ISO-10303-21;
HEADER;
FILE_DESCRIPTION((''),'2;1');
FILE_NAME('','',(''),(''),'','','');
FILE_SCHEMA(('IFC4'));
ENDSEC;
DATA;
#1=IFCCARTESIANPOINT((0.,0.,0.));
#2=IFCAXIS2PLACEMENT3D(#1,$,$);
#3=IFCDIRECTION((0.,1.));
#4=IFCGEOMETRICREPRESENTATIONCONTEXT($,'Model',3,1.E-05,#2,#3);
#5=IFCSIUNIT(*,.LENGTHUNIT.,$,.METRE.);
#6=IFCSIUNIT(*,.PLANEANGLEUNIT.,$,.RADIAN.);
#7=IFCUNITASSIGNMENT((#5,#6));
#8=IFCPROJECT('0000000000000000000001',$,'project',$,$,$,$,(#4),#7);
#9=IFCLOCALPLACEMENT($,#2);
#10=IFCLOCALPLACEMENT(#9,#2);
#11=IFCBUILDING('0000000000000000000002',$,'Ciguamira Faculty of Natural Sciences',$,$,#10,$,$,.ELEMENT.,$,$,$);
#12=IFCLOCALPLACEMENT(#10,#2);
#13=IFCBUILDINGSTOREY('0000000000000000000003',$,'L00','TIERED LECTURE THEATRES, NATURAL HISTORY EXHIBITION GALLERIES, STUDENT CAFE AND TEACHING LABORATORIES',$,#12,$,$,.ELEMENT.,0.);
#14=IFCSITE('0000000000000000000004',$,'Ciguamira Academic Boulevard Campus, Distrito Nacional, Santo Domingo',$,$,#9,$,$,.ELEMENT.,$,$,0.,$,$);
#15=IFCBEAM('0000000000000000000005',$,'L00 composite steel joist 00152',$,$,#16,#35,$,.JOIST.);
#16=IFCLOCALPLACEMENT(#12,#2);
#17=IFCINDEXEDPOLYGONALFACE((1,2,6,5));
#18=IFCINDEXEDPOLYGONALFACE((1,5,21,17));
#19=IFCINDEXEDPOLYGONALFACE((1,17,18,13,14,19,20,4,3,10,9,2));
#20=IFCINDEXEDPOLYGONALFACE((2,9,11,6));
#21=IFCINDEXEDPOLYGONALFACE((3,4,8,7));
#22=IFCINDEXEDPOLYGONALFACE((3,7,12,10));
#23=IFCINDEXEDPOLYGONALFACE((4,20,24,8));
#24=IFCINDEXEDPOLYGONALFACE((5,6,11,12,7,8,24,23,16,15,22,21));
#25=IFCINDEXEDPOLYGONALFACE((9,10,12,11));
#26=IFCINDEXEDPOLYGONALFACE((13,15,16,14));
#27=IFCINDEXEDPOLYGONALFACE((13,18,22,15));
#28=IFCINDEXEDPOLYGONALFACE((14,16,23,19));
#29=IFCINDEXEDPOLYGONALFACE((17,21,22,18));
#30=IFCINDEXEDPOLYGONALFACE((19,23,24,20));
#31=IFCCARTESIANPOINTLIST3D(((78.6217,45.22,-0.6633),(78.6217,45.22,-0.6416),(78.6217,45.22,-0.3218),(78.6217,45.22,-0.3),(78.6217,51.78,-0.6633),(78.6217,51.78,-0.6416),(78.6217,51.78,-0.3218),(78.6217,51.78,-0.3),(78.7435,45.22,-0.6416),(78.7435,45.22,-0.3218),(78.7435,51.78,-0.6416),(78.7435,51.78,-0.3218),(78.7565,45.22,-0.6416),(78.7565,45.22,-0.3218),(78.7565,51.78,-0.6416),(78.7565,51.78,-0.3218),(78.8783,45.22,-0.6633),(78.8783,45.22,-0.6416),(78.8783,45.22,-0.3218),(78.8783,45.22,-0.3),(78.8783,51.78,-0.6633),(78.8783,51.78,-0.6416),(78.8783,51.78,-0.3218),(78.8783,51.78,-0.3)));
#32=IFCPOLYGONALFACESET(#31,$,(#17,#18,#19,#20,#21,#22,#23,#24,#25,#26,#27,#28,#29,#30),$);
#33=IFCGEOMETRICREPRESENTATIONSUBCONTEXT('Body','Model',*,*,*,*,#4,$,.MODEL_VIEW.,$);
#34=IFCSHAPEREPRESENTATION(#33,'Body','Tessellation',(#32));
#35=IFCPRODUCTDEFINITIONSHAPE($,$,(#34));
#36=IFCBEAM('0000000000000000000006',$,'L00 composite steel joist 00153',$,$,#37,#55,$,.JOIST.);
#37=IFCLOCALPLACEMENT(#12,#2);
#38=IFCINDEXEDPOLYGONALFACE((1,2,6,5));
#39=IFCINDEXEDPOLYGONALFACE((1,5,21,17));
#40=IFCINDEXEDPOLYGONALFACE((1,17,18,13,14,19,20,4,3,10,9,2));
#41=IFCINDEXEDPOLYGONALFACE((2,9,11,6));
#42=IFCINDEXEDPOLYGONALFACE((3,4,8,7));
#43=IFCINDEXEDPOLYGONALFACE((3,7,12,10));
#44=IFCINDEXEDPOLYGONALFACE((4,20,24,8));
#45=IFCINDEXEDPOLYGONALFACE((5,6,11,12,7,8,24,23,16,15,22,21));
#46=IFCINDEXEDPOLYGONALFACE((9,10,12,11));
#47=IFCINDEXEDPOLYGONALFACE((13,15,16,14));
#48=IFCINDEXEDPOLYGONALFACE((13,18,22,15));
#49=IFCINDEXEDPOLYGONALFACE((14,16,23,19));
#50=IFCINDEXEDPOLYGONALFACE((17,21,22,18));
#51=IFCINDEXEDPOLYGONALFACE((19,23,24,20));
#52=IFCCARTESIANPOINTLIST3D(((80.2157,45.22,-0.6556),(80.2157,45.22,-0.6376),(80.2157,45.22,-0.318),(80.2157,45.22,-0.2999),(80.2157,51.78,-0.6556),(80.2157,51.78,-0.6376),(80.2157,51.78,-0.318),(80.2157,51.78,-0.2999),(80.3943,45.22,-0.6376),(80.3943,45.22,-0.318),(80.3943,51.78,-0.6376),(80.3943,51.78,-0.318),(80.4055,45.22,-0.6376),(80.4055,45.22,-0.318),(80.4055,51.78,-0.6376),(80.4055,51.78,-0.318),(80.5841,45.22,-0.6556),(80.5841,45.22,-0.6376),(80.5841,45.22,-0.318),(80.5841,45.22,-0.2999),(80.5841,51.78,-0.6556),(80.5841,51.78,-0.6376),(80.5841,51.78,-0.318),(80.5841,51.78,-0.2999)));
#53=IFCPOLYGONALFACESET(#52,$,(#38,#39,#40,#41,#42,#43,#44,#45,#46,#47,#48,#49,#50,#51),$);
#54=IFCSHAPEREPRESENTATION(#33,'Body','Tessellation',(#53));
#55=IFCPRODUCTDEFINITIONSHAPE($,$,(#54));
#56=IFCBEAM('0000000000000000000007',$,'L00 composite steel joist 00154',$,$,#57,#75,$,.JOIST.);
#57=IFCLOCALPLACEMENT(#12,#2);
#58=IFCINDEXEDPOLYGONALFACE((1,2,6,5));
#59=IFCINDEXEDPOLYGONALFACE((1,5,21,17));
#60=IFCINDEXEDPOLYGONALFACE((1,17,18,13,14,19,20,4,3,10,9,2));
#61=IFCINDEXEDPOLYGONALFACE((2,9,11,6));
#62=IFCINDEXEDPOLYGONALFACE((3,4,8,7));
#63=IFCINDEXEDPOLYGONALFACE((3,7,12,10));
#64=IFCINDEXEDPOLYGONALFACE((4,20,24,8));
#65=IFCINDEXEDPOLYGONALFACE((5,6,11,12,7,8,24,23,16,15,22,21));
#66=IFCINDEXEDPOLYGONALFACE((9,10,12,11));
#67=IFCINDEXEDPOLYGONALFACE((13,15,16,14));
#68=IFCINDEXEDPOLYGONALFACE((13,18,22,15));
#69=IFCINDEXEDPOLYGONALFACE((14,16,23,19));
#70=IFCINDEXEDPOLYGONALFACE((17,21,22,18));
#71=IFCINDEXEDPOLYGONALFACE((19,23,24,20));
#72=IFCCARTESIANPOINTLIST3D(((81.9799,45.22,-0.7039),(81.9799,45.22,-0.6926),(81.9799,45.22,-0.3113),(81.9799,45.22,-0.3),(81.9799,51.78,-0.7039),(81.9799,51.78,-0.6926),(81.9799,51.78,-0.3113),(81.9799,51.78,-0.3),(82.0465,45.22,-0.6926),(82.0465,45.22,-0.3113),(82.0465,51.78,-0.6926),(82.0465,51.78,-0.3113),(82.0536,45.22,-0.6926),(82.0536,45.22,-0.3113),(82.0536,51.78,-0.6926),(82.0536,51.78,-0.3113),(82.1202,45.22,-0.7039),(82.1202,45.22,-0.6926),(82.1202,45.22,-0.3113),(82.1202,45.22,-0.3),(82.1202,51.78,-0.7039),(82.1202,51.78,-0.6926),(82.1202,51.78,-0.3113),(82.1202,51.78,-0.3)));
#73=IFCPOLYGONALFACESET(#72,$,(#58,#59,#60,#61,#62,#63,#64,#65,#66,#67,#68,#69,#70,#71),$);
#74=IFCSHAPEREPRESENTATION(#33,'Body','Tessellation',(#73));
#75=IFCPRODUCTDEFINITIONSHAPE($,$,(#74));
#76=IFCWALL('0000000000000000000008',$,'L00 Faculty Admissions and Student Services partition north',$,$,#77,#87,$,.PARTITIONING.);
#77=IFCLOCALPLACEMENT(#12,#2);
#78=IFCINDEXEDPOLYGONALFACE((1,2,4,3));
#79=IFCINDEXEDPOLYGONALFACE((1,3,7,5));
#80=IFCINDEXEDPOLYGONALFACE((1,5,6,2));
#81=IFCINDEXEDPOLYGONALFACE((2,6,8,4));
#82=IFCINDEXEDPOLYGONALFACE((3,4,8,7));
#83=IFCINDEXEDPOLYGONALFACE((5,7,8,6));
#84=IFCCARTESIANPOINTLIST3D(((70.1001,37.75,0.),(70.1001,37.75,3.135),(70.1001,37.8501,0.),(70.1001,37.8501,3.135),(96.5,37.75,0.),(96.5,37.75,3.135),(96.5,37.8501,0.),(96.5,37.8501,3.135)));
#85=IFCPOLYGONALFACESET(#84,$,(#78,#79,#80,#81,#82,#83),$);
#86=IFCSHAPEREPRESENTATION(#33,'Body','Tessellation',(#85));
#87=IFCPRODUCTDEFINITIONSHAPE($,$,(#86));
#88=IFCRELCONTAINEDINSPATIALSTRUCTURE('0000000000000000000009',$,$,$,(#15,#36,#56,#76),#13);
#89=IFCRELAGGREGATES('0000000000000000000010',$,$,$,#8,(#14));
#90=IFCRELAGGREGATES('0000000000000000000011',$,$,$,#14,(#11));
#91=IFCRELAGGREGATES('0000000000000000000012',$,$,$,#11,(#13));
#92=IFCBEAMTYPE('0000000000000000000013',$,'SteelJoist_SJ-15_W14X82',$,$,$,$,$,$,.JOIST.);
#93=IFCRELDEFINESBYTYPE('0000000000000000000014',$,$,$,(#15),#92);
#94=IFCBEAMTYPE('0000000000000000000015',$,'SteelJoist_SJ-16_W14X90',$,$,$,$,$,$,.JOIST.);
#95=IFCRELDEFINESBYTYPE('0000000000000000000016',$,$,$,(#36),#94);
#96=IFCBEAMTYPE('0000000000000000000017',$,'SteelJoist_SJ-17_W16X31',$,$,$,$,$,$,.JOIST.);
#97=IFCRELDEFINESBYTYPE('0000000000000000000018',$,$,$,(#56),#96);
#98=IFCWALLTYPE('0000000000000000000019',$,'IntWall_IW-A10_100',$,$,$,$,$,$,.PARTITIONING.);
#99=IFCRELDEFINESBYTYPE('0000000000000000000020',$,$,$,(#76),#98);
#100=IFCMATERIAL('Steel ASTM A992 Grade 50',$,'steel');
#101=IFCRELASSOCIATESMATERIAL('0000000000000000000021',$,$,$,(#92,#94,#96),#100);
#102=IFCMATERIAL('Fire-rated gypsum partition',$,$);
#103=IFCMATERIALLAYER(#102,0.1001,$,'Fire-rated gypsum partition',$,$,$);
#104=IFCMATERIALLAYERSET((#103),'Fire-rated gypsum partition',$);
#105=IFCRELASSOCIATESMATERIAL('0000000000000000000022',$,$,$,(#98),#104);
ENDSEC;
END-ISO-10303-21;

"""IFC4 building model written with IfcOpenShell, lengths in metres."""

from ifc_helpers import new_model, si_unit, direction, frame, frame_2d, origin, origin_2d, place, context, subcontext, project, spatial, rectangle, i_section, extrude, material, layer, layer_set, material_profile, profile_set, type_object, element, save


model = new_model("IFC4")

# Units and contexts
model_context = context("Model", 3, precision=1e-05, world=origin(), true_north=direction((0.0, 1.0)))
body_context = subcontext(model_context, "Body", "Model", "MODEL_VIEW")
ifc_project = project(units=[si_unit("LENGTHUNIT", "METRE"), si_unit("PLANEANGLEUNIT", "RADIAN")], contexts=[model_context])

# Site, building, storey
site_placement = place(None, origin())
site = spatial("IfcSite", under=ifc_project, at=site_placement, Name="Ciguamira Academic Boulevard Campus, Distrito Nacional, Santo Domingo", CompositionType="ELEMENT", RefElevation=0.0)
building_placement = place(site_placement, origin())
building = spatial("IfcBuilding", under=site, at=building_placement, Name="Ciguamira Faculty of Natural Sciences", CompositionType="ELEMENT")
storey_placement = place(building_placement, origin())
storey = spatial("IfcBuildingStorey", under=building, at=storey_placement, Name="L00", Description="TIERED LECTURE THEATRES, NATURAL HISTORY EXHIBITION GALLERIES, STUDENT CAFE AND TEACHING LABORATORIES", CompositionType="ELEMENT", Elevation=0.0)

# Beams
ifc_material_1 = material(Name="Steel ASTM A992 Grade 50", Category="steel")
ifc_material_profile_1 = material_profile(ifc_material_1, i_section(OverallWidth=0.2566, OverallDepth=0.3633, WebThickness=0.0129, FlangeThickness=0.0217, at=origin_2d()), Name="W14X82")
ifc_profile_set_1 = profile_set([ifc_material_profile_1], Name="Steel ASTM A992 Grade 50")
beam_type_1 = type_object("IfcBeamType", Name="SteelJoist_SJ-15_W14X82", PredefinedType="JOIST", material=ifc_profile_set_1)
beam_1_placement = place(storey_placement, frame((78.75, 45.22, -0.4817), z_axis=(0.0, 1.0, 0.0), x_axis=(-1.0, 0.0, 0.0)))
element("IfcBeam", 1, at=beam_1_placement, inside=storey, type_object=beam_type_1, Name="L00 composite steel joist 00152", PredefinedType="JOIST", context=body_context, shape_type="SweptSolid", body=[
    extrude(i_section(OverallWidth=0.2566, OverallDepth=0.3633, WebThickness=0.0129, FlangeThickness=0.0217, at=origin_2d()), origin(), (0.0, 0.0, 1.0), 6.5601),
])
ifc_material_profile_2 = material_profile(ifc_material_1, i_section(OverallWidth=0.3684, OverallDepth=0.3557, WebThickness=0.0112, FlangeThickness=0.0181, at=origin_2d()), Name="W14X90")
ifc_profile_set_2 = profile_set([ifc_material_profile_2], Name="Steel ASTM A992 Grade 50")
beam_type_2 = type_object("IfcBeamType", Name="SteelJoist_SJ-16_W14X90", PredefinedType="JOIST", material=ifc_profile_set_2)
beam_2_placement = place(storey_placement, frame((80.3999, 45.22, -0.4778), z_axis=(0.0, 1.0, 0.0), x_axis=(-1.0, 0.0, 0.0)))
element("IfcBeam", 2, at=beam_2_placement, inside=storey, type_object=beam_type_2, Name="L00 composite steel joist 00153", PredefinedType="JOIST", context=body_context, shape_type="SweptSolid", body=[
    extrude(i_section(OverallWidth=0.3684, OverallDepth=0.3557, WebThickness=0.0112, FlangeThickness=0.0181, at=origin_2d()), origin(), (0.0, 0.0, 1.0), 6.5601),
])
ifc_material_profile_3 = material_profile(ifc_material_1, i_section(OverallWidth=0.1404, OverallDepth=0.4038, WebThickness=0.0071, FlangeThickness=0.0112, at=origin_2d()), Name="W16X31")
ifc_profile_set_3 = profile_set([ifc_material_profile_3], Name="Steel ASTM A992 Grade 50")
beam_type_3 = type_object("IfcBeamType", Name="SteelJoist_SJ-17_W16X31", PredefinedType="JOIST", material=ifc_profile_set_3)
beam_3_placement = place(storey_placement, frame((82.05, 45.22, -0.502), z_axis=(0.0, 1.0, 0.0), x_axis=(-1.0, 0.0, 0.0)))
element("IfcBeam", 3, at=beam_3_placement, inside=storey, type_object=beam_type_3, Name="L00 composite steel joist 00154", PredefinedType="JOIST", context=body_context, shape_type="SweptSolid", body=[
    extrude(i_section(OverallWidth=0.1404, OverallDepth=0.4038, WebThickness=0.0071, FlangeThickness=0.0112, at=origin_2d()), origin(), (0.0, 0.0, 1.0), 6.5601),
])

# Wall
ifc_material_2 = material(Name="Fire-rated gypsum partition")
ifc_layer = layer(ifc_material_2, 0.1001, Name="Fire-rated gypsum partition")
ifc_layer_set = layer_set([ifc_layer], Name="Fire-rated gypsum partition")
wall_type = type_object("IfcWallType", Name="IntWall_IW-A10_100", PredefinedType="PARTITIONING", material=ifc_layer_set)
wall_placement = place(storey_placement, frame((70.1001, 37.8, 0.0), z_axis=(0.0, 0.0, 1.0), x_axis=(1.0, 0.0, 0.0)))
element("IfcWall", 4, at=wall_placement, inside=storey, type_object=wall_type, Name="L00 Faculty Admissions and Student Services partition north", PredefinedType="PARTITIONING", context=body_context, shape_type="SweptSolid", body=[
    extrude(rectangle(XDim=26.3999, YDim=0.1001, at=frame_2d((13.2, 0.0))), origin(), (0.0, 0.0, 1.0), 3.135),
])

save(model, "model.ifc")
